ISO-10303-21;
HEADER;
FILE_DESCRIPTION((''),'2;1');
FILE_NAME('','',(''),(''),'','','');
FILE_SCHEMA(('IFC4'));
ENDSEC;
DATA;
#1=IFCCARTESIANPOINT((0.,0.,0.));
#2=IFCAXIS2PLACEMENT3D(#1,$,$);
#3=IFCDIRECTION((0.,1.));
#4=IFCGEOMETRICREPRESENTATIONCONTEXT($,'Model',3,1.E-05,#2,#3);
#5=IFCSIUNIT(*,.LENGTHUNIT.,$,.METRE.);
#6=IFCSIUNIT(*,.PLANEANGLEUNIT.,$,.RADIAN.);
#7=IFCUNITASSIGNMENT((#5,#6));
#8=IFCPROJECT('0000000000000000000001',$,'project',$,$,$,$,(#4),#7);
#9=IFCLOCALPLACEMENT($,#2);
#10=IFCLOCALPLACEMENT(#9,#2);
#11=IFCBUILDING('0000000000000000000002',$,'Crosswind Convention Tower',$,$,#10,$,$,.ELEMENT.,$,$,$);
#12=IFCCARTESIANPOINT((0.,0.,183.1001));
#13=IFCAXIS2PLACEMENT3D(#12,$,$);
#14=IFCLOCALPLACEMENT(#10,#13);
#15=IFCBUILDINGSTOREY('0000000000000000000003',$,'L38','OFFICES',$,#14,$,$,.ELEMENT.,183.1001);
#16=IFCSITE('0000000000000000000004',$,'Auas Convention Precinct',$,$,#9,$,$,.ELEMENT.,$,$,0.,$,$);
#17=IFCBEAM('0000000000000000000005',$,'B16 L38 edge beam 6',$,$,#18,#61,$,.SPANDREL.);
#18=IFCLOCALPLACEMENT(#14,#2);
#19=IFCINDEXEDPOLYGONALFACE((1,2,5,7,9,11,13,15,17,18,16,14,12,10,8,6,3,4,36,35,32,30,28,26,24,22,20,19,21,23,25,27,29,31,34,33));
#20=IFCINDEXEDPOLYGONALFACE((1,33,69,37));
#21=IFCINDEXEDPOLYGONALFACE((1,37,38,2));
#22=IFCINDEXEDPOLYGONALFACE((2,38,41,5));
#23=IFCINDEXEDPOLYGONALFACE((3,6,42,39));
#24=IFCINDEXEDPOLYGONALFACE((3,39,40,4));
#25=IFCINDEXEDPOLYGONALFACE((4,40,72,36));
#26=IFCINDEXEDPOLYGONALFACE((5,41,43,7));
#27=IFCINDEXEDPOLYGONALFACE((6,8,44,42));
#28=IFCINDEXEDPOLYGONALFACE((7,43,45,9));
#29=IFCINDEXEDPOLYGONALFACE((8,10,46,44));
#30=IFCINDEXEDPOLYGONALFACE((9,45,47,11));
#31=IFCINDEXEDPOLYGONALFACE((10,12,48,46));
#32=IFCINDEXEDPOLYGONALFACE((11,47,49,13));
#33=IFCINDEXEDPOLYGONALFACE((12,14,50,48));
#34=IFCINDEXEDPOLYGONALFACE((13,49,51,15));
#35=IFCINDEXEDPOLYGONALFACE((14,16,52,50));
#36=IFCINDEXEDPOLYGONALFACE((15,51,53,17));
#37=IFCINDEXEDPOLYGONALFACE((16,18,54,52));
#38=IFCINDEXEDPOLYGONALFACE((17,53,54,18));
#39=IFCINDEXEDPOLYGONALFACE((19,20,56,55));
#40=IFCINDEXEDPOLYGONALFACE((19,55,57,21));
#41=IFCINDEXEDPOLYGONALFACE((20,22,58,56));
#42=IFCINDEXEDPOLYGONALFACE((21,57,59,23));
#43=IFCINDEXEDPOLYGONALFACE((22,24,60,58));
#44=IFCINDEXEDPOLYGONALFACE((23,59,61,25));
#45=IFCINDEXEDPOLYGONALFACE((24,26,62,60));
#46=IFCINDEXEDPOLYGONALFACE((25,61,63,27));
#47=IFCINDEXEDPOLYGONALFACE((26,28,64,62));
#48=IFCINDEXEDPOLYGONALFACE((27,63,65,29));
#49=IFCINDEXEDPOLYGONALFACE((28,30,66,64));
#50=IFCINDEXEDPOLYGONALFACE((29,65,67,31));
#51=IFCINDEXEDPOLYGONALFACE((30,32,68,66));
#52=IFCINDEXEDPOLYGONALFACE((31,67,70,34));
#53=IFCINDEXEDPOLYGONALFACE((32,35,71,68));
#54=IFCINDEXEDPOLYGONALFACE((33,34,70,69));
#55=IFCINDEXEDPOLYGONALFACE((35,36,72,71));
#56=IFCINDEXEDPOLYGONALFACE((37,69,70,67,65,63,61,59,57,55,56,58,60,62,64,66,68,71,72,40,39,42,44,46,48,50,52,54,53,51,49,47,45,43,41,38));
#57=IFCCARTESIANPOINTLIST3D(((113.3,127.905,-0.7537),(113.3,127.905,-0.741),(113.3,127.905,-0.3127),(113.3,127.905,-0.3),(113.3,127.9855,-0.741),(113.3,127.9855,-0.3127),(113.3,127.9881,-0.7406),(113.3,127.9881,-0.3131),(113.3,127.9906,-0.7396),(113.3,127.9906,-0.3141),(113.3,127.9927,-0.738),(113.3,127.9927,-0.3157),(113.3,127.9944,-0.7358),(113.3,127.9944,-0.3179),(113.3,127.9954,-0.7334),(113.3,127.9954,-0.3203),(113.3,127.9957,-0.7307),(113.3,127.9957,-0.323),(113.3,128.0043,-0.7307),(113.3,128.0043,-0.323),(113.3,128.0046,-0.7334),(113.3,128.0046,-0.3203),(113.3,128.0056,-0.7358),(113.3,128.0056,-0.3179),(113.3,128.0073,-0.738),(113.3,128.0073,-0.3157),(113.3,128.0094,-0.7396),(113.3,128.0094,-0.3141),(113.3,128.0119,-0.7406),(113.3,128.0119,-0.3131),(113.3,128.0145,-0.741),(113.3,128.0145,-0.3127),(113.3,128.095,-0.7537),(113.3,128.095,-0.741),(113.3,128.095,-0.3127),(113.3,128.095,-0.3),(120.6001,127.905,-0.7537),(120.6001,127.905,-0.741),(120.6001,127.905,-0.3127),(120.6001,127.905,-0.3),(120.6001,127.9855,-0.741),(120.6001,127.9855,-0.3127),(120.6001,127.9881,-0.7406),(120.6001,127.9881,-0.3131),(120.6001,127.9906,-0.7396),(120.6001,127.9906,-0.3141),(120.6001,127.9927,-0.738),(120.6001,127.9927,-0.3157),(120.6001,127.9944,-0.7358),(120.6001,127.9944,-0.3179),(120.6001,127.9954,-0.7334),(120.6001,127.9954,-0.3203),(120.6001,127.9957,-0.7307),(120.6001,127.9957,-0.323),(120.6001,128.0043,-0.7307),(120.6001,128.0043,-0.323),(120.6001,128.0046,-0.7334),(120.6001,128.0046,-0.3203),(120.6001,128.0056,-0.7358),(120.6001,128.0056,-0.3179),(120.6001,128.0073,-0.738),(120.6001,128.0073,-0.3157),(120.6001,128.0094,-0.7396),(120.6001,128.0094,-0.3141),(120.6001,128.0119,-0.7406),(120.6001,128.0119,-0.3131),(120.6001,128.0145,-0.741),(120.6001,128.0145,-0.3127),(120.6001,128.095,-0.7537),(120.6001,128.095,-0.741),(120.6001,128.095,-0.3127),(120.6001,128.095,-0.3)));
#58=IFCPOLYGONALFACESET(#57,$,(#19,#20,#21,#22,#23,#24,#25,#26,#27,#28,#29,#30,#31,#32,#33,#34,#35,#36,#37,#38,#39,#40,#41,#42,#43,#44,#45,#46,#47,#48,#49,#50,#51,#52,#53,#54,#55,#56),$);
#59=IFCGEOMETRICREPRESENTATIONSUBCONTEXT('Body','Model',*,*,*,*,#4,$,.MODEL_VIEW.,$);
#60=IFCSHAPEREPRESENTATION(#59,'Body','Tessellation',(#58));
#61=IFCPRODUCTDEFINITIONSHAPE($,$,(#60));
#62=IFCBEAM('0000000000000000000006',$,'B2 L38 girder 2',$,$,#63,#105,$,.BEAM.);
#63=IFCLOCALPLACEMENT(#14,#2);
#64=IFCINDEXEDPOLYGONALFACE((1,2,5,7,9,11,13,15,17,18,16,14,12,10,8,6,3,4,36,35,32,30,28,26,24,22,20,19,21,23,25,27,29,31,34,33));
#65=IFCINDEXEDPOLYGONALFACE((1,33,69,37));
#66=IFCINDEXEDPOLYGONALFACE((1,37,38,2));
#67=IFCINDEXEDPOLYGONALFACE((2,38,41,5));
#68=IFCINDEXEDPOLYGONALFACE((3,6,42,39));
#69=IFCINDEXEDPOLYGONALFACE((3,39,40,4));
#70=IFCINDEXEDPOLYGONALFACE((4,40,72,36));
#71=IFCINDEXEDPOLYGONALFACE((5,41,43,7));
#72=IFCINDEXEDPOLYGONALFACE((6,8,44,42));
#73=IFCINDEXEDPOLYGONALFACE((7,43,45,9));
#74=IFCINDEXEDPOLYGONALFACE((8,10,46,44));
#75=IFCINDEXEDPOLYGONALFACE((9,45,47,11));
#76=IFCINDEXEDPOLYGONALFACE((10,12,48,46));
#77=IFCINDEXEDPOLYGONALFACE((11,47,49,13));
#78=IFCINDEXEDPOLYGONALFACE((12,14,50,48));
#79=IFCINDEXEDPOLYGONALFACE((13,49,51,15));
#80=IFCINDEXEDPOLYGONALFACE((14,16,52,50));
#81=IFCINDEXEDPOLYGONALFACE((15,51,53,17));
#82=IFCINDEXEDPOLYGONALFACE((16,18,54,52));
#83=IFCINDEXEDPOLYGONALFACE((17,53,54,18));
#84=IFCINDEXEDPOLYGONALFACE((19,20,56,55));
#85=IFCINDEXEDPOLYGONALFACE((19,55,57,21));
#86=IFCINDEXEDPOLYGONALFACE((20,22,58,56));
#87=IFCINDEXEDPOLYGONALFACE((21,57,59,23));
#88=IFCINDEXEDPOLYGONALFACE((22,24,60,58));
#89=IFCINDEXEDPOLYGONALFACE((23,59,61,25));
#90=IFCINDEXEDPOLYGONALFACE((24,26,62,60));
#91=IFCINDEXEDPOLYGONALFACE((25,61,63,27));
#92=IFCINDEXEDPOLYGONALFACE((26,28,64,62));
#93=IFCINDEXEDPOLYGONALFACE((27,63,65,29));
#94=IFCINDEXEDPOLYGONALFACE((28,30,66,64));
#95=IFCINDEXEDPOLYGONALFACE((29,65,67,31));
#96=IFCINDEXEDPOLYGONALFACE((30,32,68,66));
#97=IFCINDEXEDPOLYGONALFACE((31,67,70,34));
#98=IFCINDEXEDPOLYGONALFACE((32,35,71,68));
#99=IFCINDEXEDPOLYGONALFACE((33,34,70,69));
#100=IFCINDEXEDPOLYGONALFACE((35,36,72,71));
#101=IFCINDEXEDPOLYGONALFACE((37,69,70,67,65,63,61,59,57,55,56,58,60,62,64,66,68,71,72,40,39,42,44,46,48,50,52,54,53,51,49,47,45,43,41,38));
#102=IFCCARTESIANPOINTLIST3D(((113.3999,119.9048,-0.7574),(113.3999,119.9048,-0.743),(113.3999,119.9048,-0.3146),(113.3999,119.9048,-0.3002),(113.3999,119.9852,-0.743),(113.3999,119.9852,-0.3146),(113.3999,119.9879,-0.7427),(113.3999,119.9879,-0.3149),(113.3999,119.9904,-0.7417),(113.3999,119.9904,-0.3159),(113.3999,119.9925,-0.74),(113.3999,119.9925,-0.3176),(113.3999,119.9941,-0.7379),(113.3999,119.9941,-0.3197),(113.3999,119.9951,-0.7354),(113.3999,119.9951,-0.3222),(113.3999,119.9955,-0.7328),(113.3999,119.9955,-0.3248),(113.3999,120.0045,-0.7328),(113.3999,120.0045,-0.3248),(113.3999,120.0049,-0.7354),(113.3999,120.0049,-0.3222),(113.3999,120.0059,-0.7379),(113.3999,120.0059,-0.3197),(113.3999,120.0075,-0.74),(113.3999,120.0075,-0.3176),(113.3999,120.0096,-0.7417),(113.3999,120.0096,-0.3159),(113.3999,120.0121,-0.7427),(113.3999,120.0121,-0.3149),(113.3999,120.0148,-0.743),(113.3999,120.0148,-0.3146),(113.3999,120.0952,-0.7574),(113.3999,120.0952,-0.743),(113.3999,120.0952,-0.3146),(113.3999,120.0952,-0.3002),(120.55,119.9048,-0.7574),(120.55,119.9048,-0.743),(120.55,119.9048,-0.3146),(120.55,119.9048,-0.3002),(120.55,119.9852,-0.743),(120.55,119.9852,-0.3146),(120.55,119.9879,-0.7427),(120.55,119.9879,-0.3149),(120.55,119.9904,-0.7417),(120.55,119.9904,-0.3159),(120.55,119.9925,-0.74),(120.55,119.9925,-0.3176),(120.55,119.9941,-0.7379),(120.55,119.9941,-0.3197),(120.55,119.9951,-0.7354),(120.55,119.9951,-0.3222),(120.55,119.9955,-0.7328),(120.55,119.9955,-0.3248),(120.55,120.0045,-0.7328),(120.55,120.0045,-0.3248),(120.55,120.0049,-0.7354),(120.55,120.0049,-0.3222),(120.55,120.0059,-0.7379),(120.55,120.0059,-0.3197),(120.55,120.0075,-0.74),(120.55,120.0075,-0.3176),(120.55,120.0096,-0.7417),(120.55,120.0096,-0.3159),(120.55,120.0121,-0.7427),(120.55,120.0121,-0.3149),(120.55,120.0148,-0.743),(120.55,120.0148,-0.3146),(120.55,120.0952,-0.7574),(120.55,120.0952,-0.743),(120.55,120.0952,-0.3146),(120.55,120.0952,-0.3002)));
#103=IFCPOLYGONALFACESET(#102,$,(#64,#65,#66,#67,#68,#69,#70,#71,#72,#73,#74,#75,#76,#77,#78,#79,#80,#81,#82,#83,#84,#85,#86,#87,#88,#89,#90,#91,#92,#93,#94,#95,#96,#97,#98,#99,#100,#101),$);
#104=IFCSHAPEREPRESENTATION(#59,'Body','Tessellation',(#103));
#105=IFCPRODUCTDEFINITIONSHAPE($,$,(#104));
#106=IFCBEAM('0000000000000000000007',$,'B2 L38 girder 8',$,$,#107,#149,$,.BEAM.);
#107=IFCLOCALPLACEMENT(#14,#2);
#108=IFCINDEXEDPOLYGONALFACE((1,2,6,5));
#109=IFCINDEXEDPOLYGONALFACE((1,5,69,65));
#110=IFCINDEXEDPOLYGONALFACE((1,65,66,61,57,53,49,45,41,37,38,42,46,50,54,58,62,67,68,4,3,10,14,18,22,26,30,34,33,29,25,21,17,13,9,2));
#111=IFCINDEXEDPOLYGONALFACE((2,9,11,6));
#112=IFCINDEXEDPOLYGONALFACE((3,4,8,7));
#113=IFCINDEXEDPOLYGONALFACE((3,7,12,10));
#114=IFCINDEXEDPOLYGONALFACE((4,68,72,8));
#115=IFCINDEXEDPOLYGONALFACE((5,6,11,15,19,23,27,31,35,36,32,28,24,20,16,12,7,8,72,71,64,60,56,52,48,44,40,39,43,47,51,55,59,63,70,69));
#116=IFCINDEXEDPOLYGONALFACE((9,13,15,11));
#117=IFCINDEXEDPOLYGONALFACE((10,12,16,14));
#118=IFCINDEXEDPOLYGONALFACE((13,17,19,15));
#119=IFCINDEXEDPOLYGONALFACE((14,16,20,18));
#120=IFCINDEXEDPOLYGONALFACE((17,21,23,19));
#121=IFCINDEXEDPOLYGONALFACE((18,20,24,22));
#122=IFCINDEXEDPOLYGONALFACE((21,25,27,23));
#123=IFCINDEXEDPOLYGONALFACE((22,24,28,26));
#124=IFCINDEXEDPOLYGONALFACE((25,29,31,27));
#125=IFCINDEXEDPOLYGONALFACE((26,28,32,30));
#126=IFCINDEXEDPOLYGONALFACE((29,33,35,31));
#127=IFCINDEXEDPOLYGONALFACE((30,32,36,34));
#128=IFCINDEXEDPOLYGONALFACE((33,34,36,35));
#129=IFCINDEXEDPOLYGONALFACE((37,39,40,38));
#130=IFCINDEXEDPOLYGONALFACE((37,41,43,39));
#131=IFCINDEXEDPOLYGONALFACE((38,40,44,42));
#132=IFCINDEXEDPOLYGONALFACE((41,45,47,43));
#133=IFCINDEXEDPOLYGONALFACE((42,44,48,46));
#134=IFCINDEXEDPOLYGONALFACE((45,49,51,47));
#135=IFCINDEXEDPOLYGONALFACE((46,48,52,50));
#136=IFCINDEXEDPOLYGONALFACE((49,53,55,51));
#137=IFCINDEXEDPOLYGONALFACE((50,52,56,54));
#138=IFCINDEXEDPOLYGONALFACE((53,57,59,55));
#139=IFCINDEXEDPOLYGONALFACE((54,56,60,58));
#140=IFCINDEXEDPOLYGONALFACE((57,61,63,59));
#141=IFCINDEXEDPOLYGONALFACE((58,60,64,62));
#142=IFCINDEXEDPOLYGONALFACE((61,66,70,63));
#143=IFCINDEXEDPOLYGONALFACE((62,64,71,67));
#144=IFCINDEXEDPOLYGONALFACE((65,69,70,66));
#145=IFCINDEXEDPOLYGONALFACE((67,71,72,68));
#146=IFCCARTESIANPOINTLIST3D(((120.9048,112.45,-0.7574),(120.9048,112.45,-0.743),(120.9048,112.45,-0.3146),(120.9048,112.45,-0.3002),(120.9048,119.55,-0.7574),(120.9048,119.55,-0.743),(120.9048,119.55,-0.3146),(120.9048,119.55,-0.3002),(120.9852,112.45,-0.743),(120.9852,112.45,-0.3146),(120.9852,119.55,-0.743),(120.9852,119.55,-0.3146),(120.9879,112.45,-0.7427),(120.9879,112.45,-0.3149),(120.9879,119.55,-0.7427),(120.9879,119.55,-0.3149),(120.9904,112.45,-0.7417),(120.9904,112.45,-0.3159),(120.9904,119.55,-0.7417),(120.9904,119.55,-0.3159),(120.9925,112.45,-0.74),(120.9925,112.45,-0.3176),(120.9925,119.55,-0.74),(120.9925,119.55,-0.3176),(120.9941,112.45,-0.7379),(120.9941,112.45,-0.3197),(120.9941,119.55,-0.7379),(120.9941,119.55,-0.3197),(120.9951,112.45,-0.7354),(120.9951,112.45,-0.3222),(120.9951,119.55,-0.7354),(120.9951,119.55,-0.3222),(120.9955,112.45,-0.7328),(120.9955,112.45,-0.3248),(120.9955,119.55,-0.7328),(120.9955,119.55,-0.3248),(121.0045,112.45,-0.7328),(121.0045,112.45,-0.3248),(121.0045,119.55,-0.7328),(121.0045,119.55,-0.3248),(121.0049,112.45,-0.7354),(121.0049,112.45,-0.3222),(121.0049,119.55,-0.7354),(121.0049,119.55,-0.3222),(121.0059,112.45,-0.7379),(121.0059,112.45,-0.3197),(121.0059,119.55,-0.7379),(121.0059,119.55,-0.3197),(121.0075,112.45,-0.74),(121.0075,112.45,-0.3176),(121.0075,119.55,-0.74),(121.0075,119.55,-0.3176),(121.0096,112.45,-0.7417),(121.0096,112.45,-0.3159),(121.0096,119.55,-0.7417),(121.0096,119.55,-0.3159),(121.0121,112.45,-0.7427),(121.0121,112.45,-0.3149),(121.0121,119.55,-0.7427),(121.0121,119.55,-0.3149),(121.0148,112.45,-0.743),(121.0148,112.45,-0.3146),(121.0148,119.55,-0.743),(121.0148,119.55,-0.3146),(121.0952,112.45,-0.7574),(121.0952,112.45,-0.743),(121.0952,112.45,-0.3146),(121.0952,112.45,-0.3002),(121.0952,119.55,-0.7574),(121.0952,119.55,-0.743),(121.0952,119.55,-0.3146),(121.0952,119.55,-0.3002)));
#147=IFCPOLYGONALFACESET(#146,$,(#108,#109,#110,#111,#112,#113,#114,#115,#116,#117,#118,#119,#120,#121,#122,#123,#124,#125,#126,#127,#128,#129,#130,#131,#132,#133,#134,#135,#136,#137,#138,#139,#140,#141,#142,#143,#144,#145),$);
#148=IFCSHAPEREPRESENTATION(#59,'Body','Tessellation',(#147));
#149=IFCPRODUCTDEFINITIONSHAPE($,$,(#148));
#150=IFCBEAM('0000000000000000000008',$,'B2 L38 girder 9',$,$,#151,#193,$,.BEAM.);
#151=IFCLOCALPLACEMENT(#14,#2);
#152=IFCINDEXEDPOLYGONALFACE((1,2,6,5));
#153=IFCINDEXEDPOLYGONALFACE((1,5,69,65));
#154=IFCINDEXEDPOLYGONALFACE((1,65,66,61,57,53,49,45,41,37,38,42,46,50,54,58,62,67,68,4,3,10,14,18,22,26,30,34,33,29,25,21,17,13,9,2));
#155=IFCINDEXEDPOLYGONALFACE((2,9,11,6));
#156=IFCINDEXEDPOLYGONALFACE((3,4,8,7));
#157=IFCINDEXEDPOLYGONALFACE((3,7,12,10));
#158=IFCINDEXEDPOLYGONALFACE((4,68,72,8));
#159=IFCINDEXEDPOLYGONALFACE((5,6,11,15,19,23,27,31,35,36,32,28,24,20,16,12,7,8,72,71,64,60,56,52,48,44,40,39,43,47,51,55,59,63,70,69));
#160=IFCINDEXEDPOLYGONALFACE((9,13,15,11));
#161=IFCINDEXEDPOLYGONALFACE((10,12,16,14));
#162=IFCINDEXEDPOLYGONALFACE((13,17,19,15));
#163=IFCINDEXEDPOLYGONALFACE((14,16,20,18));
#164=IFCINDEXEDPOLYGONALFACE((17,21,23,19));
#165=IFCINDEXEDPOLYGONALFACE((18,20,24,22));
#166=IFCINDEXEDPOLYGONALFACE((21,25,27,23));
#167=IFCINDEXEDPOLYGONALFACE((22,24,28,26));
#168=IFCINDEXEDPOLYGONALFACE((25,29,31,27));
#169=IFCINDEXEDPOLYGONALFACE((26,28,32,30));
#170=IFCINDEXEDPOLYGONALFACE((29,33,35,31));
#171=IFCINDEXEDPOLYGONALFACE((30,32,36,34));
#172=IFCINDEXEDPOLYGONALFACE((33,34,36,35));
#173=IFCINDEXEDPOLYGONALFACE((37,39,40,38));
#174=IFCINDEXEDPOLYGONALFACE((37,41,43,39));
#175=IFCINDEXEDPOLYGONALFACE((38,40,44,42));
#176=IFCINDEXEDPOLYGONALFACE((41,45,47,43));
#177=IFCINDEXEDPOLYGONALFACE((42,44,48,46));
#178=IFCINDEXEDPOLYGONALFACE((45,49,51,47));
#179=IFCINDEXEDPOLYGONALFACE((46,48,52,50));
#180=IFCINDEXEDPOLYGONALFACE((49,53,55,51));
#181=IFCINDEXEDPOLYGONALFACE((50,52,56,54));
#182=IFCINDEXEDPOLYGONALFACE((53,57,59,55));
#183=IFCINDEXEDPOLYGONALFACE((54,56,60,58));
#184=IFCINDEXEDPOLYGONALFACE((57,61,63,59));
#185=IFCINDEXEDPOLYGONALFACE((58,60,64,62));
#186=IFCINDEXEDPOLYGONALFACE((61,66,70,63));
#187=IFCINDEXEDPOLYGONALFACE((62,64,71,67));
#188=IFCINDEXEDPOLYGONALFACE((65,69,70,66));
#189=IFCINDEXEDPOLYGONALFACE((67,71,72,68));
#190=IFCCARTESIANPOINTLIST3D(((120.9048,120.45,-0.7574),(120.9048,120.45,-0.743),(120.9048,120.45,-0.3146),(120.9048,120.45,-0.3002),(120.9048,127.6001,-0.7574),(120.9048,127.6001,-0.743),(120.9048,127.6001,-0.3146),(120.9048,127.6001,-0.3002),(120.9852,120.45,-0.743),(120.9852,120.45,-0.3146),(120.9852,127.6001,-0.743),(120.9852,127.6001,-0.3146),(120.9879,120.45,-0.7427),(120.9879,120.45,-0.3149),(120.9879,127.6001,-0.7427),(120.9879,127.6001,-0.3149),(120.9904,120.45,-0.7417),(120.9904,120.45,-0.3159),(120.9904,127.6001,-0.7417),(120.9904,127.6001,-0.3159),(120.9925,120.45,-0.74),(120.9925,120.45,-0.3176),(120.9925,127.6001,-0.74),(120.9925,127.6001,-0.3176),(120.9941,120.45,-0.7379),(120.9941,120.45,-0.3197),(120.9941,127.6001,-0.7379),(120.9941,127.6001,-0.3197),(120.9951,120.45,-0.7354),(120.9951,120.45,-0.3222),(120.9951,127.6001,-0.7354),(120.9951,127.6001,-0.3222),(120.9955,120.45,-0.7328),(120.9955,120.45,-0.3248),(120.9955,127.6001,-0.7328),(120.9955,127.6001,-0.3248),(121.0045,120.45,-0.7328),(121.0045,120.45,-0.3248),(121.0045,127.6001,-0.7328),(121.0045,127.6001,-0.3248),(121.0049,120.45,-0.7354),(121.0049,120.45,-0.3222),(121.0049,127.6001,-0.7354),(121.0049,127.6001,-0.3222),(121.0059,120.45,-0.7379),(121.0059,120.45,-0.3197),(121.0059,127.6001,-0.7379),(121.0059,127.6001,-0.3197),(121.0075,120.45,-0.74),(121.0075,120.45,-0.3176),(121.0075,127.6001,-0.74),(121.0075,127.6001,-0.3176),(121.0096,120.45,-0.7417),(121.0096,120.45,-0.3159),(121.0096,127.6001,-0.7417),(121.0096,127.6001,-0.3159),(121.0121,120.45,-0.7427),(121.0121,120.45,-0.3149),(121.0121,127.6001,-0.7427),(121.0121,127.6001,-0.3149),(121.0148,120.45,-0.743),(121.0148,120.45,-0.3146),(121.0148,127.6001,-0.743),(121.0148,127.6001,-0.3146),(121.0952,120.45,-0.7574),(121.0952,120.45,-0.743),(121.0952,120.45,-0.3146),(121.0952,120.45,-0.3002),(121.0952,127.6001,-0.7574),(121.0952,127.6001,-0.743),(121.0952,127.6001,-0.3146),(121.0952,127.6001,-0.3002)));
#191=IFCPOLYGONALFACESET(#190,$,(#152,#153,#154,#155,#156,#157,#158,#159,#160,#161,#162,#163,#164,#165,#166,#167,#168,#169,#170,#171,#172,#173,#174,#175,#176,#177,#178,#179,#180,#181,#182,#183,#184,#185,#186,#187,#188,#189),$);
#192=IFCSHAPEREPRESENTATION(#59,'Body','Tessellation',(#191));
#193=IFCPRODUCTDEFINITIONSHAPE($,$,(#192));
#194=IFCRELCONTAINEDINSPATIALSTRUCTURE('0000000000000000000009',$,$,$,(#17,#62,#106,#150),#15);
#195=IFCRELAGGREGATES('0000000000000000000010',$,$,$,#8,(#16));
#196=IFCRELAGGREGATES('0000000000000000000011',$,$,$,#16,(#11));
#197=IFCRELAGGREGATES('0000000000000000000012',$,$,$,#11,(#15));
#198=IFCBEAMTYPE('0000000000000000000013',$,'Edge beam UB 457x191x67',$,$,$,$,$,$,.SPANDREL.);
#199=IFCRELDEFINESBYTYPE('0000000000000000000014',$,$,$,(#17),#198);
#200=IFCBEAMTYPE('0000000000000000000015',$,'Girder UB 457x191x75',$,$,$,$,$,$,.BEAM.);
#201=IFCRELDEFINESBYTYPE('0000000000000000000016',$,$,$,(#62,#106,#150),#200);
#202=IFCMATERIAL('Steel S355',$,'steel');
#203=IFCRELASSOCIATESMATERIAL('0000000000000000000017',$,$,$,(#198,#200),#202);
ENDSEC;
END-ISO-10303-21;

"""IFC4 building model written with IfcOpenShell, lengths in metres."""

from ifc_helpers import new_model, si_unit, direction, frame, origin, origin_2d, place, context, subcontext, project, spatial, i_section, extrude, material, material_profile, profile_set, type_object, element, save


model = new_model("IFC4")

# Units and contexts
model_context = context("Model", 3, precision=1e-05, world=origin(), true_north=direction((0.0, 1.0)))
body_context = subcontext(model_context, "Body", "Model", "MODEL_VIEW")
ifc_project = project(units=[si_unit("LENGTHUNIT", "METRE"), si_unit("PLANEANGLEUNIT", "RADIAN")], contexts=[model_context])

# Site, building, storey
site_placement = place(None, origin())
site = spatial("IfcSite", under=ifc_project, at=site_placement, Name="Auas Convention Precinct", CompositionType="ELEMENT", RefElevation=0.0)
building_placement = place(site_placement, origin())
building = spatial("IfcBuilding", under=site, at=building_placement, Name="Crosswind Convention Tower", CompositionType="ELEMENT")
storey_placement = place(building_placement, frame((0.0, 0.0, 183.1001)))
storey = spatial("IfcBuildingStorey", under=building, at=storey_placement, Name="L38", Description="OFFICES", CompositionType="ELEMENT", Elevation=183.1001)

# Beams
ifc_material_1 = material(Name="Steel S355", Category="steel")
ifc_material_profile_1 = material_profile(ifc_material_1, i_section(OverallWidth=0.1899, OverallDepth=0.4536, WebThickness=0.0085, FlangeThickness=0.0127, FilletRadius=0.0103, at=origin_2d()), Name="UB 457x191x67")
ifc_profile_set_1 = profile_set([ifc_material_profile_1], Name="Steel S355")
beam_type_1 = type_object("IfcBeamType", Name="Edge beam UB 457x191x67", PredefinedType="SPANDREL", material=ifc_profile_set_1)
for number, where, z_axis, x_axis, name in (
    (1, (113.3, 128.0, -0.5269), (1.0, 0.0, 0.0), (0.0, 1.0, 0.0), "B16 L38 edge beam 6"),
):
    element("IfcBeam", number, at=place(storey_placement, frame(where, z_axis=z_axis, x_axis=x_axis)), inside=storey, type_object=beam_type_1, Name=name, PredefinedType="SPANDREL", context=body_context, shape_type="SweptSolid", body=[
        extrude(i_section(OverallWidth=0.1899, OverallDepth=0.4536, WebThickness=0.0085, FlangeThickness=0.0127, FilletRadius=0.0103, at=origin_2d()), origin(), (0.0, 0.0, 1.0), 7.3),
    ])
ifc_material_profile_2 = material_profile(ifc_material_1, i_section(OverallWidth=0.1904, OverallDepth=0.4573, WebThickness=0.009, FlangeThickness=0.0144, FilletRadius=0.0103, at=origin_2d()), Name="UB 457x191x75")
ifc_profile_set_2 = profile_set([ifc_material_profile_2], Name="Steel S355")
beam_type_2 = type_object("IfcBeamType", Name="Girder UB 457x191x75", PredefinedType="BEAM", material=ifc_profile_set_2)
beam_1_placement = place(storey_placement, frame((113.3999, 120.0, -0.5288), z_axis=(1.0, 0.0, 0.0), x_axis=(0.0, 1.0, 0.0)))
element("IfcBeam", 2, at=beam_1_placement, inside=storey, type_object=beam_type_2, Name="B2 L38 girder 2", PredefinedType="BEAM", context=body_context, shape_type="SweptSolid", body=[
    extrude(i_section(OverallWidth=0.1904, OverallDepth=0.4573, WebThickness=0.009, FlangeThickness=0.0144, FilletRadius=0.0103, at=origin_2d()), origin(), (0.0, 0.0, 1.0), 7.1501),
])
beam_2_placement = place(storey_placement, frame((121.0, 112.45, -0.5288), z_axis=(0.0, 1.0, 0.0), x_axis=(-1.0, 0.0, 0.0)))
element("IfcBeam", 3, at=beam_2_placement, inside=storey, type_object=beam_type_2, Name="B2 L38 girder 8", PredefinedType="BEAM", context=body_context, shape_type="SweptSolid", body=[
    extrude(i_section(OverallWidth=0.1904, OverallDepth=0.4573, WebThickness=0.009, FlangeThickness=0.0144, FilletRadius=0.0103, at=origin_2d()), origin(), (0.0, 0.0, 1.0), 7.1001),
])
beam_3_placement = place(storey_placement, frame((121.0, 120.45, -0.5288), z_axis=(0.0, 1.0, 0.0), x_axis=(-1.0, 0.0, 0.0)))
element("IfcBeam", 4, at=beam_3_placement, inside=storey, type_object=beam_type_2, Name="B2 L38 girder 9", PredefinedType="BEAM", context=body_context, shape_type="SweptSolid", body=[
    extrude(i_section(OverallWidth=0.1904, OverallDepth=0.4573, WebThickness=0.009, FlangeThickness=0.0144, FilletRadius=0.0103, at=origin_2d()), origin(), (0.0, 0.0, 1.0), 7.1501),
])

save(model, "model.ifc")
